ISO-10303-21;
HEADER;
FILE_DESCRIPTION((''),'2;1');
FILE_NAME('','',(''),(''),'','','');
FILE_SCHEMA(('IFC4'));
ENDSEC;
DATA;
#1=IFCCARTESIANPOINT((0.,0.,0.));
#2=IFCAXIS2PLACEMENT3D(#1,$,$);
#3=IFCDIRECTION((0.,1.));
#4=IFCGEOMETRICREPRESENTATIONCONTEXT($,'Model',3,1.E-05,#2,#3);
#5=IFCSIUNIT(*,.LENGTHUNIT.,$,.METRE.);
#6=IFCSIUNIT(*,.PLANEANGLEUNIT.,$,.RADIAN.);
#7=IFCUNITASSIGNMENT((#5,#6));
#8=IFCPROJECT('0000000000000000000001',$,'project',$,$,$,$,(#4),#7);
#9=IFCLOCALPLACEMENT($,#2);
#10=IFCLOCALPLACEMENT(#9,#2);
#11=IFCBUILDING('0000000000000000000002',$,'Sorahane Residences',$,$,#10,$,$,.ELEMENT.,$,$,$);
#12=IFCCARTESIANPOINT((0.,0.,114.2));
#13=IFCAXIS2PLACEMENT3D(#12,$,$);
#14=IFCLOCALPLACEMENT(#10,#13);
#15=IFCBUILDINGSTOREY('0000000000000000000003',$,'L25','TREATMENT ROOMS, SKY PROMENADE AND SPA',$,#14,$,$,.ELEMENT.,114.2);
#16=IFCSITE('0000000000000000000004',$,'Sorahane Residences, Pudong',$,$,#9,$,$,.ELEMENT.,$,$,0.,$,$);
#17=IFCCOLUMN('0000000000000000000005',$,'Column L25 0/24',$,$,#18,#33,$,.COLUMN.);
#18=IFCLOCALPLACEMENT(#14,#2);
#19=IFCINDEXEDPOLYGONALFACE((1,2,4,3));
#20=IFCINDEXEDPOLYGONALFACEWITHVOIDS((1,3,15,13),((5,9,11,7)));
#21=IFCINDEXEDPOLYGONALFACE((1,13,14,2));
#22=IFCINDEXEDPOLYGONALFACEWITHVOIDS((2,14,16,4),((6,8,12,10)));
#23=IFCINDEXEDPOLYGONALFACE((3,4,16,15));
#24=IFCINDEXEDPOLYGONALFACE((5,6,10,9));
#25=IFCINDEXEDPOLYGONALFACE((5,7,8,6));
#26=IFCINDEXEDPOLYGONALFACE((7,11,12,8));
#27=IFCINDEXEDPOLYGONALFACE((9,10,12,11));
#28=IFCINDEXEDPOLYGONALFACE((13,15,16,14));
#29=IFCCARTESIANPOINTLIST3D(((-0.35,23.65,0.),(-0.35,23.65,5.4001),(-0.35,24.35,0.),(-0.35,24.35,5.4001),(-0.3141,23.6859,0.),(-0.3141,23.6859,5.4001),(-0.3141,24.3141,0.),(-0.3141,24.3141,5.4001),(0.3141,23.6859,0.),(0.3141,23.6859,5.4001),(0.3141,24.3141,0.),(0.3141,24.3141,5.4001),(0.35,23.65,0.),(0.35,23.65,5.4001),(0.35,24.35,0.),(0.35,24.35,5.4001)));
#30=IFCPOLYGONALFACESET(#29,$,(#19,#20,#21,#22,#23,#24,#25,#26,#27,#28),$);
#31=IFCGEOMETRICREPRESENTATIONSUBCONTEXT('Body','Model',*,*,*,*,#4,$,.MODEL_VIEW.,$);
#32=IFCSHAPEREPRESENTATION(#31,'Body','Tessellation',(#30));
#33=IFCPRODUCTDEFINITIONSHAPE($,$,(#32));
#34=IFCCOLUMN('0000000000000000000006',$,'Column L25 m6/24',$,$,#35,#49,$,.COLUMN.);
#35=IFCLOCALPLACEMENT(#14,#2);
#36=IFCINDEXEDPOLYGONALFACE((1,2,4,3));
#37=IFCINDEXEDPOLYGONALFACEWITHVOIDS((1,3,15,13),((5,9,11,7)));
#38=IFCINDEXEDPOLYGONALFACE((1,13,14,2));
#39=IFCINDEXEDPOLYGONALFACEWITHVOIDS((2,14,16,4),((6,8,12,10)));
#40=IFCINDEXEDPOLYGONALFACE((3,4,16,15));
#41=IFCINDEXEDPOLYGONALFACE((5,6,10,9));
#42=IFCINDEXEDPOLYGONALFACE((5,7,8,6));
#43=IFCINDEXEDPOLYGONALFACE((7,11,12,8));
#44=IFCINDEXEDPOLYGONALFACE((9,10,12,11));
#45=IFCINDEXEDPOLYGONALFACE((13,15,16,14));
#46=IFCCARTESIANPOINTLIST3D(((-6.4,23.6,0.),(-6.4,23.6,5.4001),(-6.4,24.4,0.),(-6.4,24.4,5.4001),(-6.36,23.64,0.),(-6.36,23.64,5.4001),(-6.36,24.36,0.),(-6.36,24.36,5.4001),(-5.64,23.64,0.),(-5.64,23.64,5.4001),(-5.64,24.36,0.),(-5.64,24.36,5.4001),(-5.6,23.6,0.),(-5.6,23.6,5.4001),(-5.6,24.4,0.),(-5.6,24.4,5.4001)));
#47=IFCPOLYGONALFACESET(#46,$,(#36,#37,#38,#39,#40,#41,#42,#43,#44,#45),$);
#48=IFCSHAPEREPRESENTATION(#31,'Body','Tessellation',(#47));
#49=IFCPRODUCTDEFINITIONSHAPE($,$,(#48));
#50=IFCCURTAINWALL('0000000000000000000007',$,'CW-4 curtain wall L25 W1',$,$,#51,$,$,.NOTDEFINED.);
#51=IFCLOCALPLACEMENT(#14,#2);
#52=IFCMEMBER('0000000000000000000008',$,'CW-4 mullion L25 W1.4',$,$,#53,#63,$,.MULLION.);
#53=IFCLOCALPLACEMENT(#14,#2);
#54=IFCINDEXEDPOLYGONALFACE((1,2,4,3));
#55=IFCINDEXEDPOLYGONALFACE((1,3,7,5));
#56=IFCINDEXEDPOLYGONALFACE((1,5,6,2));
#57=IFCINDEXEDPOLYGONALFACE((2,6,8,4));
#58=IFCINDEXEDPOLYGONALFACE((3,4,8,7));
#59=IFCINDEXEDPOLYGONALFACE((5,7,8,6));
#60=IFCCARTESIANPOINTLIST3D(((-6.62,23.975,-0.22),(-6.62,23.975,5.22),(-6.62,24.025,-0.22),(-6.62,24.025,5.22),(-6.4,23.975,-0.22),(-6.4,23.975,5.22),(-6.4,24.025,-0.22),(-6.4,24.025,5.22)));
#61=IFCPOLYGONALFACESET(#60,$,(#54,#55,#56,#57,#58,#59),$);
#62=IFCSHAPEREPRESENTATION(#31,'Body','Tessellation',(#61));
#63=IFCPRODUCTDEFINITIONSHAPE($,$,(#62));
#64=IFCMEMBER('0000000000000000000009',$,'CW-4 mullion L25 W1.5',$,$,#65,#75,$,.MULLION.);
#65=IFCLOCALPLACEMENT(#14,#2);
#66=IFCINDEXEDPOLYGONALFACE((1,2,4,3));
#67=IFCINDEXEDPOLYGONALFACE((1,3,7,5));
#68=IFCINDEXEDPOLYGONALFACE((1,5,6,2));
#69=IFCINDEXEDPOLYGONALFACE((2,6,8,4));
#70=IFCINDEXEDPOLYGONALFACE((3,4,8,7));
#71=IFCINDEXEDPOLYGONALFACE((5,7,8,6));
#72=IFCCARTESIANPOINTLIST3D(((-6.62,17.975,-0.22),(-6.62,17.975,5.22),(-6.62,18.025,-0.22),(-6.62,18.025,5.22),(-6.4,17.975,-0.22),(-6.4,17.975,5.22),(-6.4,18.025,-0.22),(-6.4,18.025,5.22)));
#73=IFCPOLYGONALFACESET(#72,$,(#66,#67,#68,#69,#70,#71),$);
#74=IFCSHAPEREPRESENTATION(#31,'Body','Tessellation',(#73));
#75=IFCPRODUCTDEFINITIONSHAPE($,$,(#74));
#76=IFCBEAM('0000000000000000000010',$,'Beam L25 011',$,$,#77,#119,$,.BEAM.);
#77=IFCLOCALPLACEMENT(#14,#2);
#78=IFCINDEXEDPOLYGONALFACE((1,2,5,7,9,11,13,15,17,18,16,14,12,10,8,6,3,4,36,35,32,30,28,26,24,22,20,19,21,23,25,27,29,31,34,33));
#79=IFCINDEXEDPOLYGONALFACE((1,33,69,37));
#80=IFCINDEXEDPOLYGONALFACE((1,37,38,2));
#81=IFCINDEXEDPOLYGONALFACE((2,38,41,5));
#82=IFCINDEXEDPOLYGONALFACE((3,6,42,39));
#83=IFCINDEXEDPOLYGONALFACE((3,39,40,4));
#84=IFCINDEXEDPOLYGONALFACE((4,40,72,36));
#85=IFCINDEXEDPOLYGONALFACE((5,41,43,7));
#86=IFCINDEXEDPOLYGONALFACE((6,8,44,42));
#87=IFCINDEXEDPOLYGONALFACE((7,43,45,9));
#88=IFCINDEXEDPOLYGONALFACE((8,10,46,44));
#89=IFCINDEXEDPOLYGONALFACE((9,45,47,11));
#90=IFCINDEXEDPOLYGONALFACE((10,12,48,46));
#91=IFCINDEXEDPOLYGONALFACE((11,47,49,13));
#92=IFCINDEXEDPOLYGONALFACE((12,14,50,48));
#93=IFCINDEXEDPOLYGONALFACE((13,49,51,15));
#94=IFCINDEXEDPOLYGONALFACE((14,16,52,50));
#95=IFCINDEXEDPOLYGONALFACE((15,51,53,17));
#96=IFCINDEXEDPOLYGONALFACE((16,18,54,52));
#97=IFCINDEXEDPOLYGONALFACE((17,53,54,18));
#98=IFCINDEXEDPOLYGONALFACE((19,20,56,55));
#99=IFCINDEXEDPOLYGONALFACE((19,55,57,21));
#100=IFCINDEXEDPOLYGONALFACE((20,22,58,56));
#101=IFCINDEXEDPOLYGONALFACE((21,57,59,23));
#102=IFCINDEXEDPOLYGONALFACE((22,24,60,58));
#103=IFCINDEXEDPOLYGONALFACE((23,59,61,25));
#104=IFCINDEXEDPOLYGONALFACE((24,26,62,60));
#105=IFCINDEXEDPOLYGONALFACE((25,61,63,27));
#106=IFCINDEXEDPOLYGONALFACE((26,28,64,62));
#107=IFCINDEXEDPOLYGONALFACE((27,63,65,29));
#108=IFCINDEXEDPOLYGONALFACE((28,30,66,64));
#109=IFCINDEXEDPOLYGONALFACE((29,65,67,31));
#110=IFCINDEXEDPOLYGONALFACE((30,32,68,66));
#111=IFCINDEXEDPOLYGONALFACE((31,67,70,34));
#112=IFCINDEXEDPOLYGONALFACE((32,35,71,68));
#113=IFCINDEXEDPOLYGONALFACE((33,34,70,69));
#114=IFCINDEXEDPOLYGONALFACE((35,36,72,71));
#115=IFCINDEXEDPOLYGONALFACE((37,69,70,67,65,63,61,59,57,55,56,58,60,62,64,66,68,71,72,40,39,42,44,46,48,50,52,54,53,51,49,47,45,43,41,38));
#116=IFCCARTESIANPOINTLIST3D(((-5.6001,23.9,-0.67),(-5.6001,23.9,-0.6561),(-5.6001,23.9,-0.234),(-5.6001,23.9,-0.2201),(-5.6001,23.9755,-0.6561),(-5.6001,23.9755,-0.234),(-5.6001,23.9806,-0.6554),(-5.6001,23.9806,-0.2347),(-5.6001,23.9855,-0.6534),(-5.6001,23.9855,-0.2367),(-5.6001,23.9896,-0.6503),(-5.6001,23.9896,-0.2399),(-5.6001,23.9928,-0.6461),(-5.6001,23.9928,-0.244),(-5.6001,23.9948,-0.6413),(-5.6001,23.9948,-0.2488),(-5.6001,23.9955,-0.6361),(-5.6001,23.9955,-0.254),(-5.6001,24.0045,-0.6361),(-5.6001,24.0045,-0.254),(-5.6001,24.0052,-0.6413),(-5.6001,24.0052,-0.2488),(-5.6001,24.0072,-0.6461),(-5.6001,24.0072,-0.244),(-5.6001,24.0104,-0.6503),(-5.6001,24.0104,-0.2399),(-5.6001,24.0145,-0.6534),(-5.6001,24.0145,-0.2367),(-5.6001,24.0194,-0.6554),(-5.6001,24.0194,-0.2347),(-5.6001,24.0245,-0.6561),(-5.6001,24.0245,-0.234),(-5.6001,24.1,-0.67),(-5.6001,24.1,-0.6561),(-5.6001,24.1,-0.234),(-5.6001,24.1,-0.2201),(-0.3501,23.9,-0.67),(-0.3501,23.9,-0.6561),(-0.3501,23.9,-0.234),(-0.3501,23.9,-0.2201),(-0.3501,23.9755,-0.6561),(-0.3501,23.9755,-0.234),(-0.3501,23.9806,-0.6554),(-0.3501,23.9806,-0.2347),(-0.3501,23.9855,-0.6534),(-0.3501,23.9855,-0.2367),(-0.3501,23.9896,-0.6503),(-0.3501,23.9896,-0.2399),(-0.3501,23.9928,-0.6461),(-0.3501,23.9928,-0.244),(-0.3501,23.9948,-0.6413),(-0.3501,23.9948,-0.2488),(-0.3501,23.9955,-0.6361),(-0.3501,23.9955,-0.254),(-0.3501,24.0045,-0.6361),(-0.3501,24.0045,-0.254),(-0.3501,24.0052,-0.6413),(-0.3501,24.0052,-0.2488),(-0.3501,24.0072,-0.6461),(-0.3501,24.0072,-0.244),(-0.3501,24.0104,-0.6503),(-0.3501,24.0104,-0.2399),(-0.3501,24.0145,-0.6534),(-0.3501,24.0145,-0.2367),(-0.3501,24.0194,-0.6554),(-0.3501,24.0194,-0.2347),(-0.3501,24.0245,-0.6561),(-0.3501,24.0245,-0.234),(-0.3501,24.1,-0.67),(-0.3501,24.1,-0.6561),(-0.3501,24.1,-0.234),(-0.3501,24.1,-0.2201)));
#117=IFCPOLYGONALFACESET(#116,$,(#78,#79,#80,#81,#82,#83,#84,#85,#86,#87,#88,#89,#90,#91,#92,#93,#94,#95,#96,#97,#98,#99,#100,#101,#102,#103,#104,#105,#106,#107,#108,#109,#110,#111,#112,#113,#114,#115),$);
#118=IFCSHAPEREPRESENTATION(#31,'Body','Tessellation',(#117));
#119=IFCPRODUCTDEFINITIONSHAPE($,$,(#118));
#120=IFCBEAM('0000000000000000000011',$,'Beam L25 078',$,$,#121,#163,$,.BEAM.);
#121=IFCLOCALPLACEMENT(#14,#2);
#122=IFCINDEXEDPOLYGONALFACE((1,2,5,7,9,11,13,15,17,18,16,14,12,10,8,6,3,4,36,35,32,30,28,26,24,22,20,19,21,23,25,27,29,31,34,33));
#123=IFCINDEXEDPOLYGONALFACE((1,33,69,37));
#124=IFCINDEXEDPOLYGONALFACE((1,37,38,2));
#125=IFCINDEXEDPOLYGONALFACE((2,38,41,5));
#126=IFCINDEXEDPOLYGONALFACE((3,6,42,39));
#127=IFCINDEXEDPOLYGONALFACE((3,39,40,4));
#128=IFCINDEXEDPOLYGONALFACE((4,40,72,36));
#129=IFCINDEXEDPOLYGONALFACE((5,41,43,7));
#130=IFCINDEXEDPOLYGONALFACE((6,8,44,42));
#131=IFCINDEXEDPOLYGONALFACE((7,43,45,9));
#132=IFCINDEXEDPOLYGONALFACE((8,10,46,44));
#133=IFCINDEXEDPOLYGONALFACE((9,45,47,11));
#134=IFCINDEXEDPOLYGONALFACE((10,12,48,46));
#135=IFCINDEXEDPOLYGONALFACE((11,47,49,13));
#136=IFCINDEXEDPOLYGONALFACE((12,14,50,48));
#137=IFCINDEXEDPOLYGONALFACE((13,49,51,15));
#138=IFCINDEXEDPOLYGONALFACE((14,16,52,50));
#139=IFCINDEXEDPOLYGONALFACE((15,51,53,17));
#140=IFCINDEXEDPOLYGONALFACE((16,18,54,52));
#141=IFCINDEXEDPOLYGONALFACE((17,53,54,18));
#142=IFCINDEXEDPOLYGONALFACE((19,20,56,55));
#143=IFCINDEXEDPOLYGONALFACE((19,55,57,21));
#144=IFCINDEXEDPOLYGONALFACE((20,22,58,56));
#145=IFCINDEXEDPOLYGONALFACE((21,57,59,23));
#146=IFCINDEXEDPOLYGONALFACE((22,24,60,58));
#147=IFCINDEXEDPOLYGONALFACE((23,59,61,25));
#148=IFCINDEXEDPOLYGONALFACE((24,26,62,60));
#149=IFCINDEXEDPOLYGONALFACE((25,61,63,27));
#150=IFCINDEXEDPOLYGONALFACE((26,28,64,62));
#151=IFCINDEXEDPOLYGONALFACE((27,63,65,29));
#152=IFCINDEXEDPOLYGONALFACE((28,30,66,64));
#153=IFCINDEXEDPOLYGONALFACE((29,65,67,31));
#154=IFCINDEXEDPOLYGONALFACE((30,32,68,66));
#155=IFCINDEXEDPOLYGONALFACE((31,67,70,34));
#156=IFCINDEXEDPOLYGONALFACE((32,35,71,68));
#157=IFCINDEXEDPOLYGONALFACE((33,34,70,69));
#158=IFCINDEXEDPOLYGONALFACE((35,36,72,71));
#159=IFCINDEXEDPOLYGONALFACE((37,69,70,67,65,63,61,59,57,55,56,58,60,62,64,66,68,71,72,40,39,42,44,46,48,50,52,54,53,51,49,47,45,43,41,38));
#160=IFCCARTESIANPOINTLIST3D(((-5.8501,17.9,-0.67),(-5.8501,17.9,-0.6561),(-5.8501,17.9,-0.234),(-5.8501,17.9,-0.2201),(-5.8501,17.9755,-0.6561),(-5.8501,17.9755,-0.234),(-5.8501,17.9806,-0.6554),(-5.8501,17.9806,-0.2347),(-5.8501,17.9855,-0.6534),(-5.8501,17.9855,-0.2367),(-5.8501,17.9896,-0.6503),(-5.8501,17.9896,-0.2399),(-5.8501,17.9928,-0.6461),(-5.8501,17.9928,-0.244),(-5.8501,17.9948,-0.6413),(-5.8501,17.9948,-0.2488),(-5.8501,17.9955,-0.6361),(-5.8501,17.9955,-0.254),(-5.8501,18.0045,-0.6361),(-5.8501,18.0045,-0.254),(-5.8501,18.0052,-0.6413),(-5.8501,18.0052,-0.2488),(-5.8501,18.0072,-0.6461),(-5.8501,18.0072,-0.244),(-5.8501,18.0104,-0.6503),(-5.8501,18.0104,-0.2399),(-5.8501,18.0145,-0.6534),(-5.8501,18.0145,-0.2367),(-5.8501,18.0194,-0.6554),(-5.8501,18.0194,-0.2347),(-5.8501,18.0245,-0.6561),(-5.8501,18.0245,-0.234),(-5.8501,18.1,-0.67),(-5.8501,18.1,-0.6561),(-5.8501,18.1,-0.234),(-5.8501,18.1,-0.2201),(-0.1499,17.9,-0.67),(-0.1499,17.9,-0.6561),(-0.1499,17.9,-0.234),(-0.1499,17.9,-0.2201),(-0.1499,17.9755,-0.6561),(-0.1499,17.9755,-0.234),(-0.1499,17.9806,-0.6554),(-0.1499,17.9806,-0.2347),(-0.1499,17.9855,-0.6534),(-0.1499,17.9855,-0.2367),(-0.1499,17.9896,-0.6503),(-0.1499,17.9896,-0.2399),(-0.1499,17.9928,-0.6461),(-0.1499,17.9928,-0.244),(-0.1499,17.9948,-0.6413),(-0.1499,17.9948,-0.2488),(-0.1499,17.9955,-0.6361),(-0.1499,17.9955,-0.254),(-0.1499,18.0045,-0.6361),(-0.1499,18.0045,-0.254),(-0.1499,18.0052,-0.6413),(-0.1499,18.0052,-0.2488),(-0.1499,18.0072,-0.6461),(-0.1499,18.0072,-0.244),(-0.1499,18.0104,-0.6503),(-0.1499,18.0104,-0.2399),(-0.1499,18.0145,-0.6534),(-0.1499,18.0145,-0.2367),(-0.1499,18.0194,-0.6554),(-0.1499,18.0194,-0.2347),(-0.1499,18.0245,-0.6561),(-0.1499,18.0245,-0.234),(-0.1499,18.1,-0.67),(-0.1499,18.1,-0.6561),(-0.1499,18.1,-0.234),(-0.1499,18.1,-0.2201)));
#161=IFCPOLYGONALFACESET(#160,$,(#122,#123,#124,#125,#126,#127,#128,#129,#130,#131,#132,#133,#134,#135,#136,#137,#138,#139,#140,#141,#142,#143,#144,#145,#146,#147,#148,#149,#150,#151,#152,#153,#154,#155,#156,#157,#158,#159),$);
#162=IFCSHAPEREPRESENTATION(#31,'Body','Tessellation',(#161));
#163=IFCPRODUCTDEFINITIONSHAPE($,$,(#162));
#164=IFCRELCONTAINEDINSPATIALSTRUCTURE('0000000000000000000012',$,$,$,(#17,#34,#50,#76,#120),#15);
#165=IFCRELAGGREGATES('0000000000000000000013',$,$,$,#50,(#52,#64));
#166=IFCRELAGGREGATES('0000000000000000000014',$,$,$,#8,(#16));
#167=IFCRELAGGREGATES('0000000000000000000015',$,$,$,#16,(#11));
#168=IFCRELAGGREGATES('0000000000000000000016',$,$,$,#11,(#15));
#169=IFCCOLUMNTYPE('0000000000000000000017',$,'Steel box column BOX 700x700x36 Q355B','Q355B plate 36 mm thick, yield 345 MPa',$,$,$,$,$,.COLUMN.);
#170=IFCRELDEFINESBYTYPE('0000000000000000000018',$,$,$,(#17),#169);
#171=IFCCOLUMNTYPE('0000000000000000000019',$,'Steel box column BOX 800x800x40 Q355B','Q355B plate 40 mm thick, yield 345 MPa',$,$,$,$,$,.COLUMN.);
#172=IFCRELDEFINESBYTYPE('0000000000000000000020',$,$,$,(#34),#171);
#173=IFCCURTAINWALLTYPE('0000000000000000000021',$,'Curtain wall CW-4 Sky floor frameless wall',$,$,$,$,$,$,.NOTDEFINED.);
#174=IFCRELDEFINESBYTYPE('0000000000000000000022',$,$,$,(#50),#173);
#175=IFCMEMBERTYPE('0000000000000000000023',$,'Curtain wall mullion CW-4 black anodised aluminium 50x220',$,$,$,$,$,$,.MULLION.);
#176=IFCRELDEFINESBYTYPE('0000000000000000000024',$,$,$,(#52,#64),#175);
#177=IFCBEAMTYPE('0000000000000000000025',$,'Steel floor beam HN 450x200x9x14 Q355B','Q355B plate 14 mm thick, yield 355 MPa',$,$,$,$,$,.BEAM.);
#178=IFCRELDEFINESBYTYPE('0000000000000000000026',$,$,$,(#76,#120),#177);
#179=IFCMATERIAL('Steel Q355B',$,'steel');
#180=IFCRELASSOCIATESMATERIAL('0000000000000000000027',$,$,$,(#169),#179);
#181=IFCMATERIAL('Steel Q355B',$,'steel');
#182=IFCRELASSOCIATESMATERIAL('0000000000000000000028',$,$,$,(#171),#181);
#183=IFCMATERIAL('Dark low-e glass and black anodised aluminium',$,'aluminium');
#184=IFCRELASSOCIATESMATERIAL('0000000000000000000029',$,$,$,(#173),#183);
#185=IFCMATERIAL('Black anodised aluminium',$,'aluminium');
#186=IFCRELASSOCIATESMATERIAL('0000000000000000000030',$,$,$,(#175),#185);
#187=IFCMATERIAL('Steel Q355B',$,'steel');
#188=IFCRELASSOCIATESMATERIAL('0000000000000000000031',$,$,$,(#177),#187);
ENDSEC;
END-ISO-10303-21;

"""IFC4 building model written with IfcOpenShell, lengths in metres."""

from ifc_helpers import new_model, si_unit, direction, frame, origin, origin_2d, place, context, subcontext, project, spatial, rectangle, hollow_rectangle, i_section, extrude, material, material_profile, profile_set, type_object, element, aggregate, save


model = new_model("IFC4")

# Units and contexts
model_context = context("Model", 3, precision=1e-05, world=origin(), true_north=direction((0.0, 1.0)))
body_context = subcontext(model_context, "Body", "Model", "MODEL_VIEW")
ifc_project = project(units=[si_unit("LENGTHUNIT", "METRE"), si_unit("PLANEANGLEUNIT", "RADIAN")], contexts=[model_context])

# Site, building, storey
site_placement = place(None, origin())
site = spatial("IfcSite", under=ifc_project, at=site_placement, Name="Sorahane Residences, Pudong", CompositionType="ELEMENT", RefElevation=0.0)
building_placement = place(site_placement, origin())
building = spatial("IfcBuilding", under=site, at=building_placement, Name="Sorahane Residences", CompositionType="ELEMENT")
storey_placement = place(building_placement, frame((0.0, 0.0, 114.2)))
storey = spatial("IfcBuildingStorey", under=building, at=storey_placement, Name="L25", Description="TREATMENT ROOMS, SKY PROMENADE AND SPA", CompositionType="ELEMENT", Elevation=114.2)

# Columns
ifc_material_1 = material(Name="Steel Q355B", Category="steel")
ifc_material_profile_1 = material_profile(ifc_material_1, hollow_rectangle(XDim=0.7, YDim=0.7, WallThickness=0.0359, at=origin_2d()), Name="BOX 700x700x36")
ifc_profile_set_1 = profile_set([ifc_material_profile_1], Name="Steel Q355B")
column_type_1 = type_object("IfcColumnType", Name="Steel box column BOX 700x700x36 Q355B", Description="Q355B plate 36 mm thick, yield 345 MPa", PredefinedType="COLUMN", material=ifc_profile_set_1)
column_1_placement = place(storey_placement, frame((0.0, 24.0, 0.0), z_axis=(0.0, 0.0, 1.0), x_axis=(1.0, 0.0, 0.0)))
element("IfcColumn", 1, at=column_1_placement, inside=storey, type_object=column_type_1, Name="Column L25 0/24", PredefinedType="COLUMN", context=body_context, shape_type="SweptSolid", body=[
    extrude(hollow_rectangle(XDim=0.7, YDim=0.7, WallThickness=0.0359, at=origin_2d()), origin(), (0.0, 0.0, 1.0), 5.4001),
])
ifc_material_2 = material(Name="Steel Q355B", Category="steel")
ifc_material_profile_2 = material_profile(ifc_material_2, hollow_rectangle(XDim=0.8, YDim=0.8, WallThickness=0.04, at=origin_2d()), Name="BOX 800x800x40")
ifc_profile_set_2 = profile_set([ifc_material_profile_2], Name="Steel Q355B")
column_type_2 = type_object("IfcColumnType", Name="Steel box column BOX 800x800x40 Q355B", Description="Q355B plate 40 mm thick, yield 345 MPa", PredefinedType="COLUMN", material=ifc_profile_set_2)
column_2_placement = place(storey_placement, frame((-6.0, 24.0, 0.0), z_axis=(0.0, 0.0, 1.0), x_axis=(1.0, 0.0, 0.0)))
element("IfcColumn", 2, at=column_2_placement, inside=storey, type_object=column_type_2, Name="Column L25 m6/24", PredefinedType="COLUMN", context=body_context, shape_type="SweptSolid", body=[
    extrude(hollow_rectangle(XDim=0.8, YDim=0.8, WallThickness=0.04, at=origin_2d()), origin(), (0.0, 0.0, 1.0), 5.4001),
])

# Curtain wall, members
ifc_material_3 = material(Name="Dark low-e glass and black anodised aluminium", Category="aluminium")
curtain_wall_type = type_object("IfcCurtainWallType", Name="Curtain wall CW-4 Sky floor frameless wall", PredefinedType="NOTDEFINED", material=ifc_material_3)
curtain_wall_placement = place(storey_placement, origin())
curtain_wall = element("IfcCurtainWall", 3, at=curtain_wall_placement, inside=storey, type_object=curtain_wall_type, Name="CW-4 curtain wall L25 W1", PredefinedType="NOTDEFINED")
ifc_material_4 = material(Name="Black anodised aluminium", Category="aluminium")
ifc_material_profile_3 = material_profile(ifc_material_4, rectangle(XDim=0.22, YDim=0.05, at=origin_2d()), Name="Curtain wall mullion CW-4 black anodised aluminium 50x220")
ifc_profile_set_3 = profile_set([ifc_material_profile_3], Name="Black anodised aluminium")
member_type = type_object("IfcMemberType", Name="Curtain wall mullion CW-4 black anodised aluminium 50x220", PredefinedType="MULLION", material=ifc_profile_set_3)
member_1_placement = place(storey_placement, frame((-6.51, 24.0, -0.22), z_axis=(0.0, 0.0, 1.0), x_axis=(-1.0, 0.0, 0.0)))
member_1 = element("IfcMember", 4, at=member_1_placement, type_object=member_type, Name="CW-4 mullion L25 W1.4", PredefinedType="MULLION", context=body_context, shape_type="SweptSolid", body=[
    extrude(rectangle(XDim=0.22, YDim=0.05, at=origin_2d()), origin(), (0.0, 0.0, 1.0), 5.4399),
])
member_2_placement = place(storey_placement, frame((-6.51, 18.0, -0.22), z_axis=(0.0, 0.0, 1.0), x_axis=(-1.0, 0.0, 0.0)))
member_2 = element("IfcMember", 5, at=member_2_placement, type_object=member_type, Name="CW-4 mullion L25 W1.5", PredefinedType="MULLION", context=body_context, shape_type="SweptSolid", body=[
    extrude(rectangle(XDim=0.22, YDim=0.05, at=origin_2d()), origin(), (0.0, 0.0, 1.0), 5.4399),
])

# Beams
ifc_material_5 = material(Name="Steel Q355B", Category="steel")
ifc_material_profile_4 = material_profile(ifc_material_5, i_section(OverallWidth=0.2, OverallDepth=0.45, WebThickness=0.009, FlangeThickness=0.0139, FilletRadius=0.02, at=origin_2d()), Name="HN 450x200x9x14")
ifc_profile_set_4 = profile_set([ifc_material_profile_4], Name="Steel Q355B")
beam_type_1 = type_object("IfcBeamType", Name="Steel floor beam HN 450x200x9x14 Q355B", Description="Q355B plate 14 mm thick, yield 355 MPa", PredefinedType="BEAM", material=ifc_profile_set_4)
beam_placement = place(storey_placement, frame((-5.6001, 24.0, -0.4451), z_axis=(1.0, 0.0, 0.0), x_axis=(0.0, 1.0, 0.0)))
element("IfcBeam", 6, at=beam_placement, inside=storey, type_object=beam_type_1, Name="Beam L25 011", PredefinedType="BEAM", context=body_context, shape_type="SweptSolid", body=[
    extrude(i_section(OverallWidth=0.2, OverallDepth=0.45, WebThickness=0.009, FlangeThickness=0.0139, FilletRadius=0.02, at=origin_2d()), origin(), (0.0, 0.0, 1.0), 5.25),
])
for number, where, z_axis, x_axis, name in (
    (7, (-5.8501, 18.0, -0.4451), (1.0, 0.0, 0.0), (0.0, 1.0, 0.0), "Beam L25 078"),
):
    element("IfcBeam", number, at=place(storey_placement, frame(where, z_axis=z_axis, x_axis=x_axis)), inside=storey, type_object=beam_type_1, Name=name, PredefinedType="BEAM", context=body_context, shape_type="SweptSolid", body=[
        extrude(i_section(OverallWidth=0.2, OverallDepth=0.45, WebThickness=0.009, FlangeThickness=0.0139, FilletRadius=0.02, at=origin_2d()), origin(), (0.0, 0.0, 1.0), 5.7002),
    ])

aggregate(curtain_wall, [member_1, member_2])

save(model, "model.ifc")
